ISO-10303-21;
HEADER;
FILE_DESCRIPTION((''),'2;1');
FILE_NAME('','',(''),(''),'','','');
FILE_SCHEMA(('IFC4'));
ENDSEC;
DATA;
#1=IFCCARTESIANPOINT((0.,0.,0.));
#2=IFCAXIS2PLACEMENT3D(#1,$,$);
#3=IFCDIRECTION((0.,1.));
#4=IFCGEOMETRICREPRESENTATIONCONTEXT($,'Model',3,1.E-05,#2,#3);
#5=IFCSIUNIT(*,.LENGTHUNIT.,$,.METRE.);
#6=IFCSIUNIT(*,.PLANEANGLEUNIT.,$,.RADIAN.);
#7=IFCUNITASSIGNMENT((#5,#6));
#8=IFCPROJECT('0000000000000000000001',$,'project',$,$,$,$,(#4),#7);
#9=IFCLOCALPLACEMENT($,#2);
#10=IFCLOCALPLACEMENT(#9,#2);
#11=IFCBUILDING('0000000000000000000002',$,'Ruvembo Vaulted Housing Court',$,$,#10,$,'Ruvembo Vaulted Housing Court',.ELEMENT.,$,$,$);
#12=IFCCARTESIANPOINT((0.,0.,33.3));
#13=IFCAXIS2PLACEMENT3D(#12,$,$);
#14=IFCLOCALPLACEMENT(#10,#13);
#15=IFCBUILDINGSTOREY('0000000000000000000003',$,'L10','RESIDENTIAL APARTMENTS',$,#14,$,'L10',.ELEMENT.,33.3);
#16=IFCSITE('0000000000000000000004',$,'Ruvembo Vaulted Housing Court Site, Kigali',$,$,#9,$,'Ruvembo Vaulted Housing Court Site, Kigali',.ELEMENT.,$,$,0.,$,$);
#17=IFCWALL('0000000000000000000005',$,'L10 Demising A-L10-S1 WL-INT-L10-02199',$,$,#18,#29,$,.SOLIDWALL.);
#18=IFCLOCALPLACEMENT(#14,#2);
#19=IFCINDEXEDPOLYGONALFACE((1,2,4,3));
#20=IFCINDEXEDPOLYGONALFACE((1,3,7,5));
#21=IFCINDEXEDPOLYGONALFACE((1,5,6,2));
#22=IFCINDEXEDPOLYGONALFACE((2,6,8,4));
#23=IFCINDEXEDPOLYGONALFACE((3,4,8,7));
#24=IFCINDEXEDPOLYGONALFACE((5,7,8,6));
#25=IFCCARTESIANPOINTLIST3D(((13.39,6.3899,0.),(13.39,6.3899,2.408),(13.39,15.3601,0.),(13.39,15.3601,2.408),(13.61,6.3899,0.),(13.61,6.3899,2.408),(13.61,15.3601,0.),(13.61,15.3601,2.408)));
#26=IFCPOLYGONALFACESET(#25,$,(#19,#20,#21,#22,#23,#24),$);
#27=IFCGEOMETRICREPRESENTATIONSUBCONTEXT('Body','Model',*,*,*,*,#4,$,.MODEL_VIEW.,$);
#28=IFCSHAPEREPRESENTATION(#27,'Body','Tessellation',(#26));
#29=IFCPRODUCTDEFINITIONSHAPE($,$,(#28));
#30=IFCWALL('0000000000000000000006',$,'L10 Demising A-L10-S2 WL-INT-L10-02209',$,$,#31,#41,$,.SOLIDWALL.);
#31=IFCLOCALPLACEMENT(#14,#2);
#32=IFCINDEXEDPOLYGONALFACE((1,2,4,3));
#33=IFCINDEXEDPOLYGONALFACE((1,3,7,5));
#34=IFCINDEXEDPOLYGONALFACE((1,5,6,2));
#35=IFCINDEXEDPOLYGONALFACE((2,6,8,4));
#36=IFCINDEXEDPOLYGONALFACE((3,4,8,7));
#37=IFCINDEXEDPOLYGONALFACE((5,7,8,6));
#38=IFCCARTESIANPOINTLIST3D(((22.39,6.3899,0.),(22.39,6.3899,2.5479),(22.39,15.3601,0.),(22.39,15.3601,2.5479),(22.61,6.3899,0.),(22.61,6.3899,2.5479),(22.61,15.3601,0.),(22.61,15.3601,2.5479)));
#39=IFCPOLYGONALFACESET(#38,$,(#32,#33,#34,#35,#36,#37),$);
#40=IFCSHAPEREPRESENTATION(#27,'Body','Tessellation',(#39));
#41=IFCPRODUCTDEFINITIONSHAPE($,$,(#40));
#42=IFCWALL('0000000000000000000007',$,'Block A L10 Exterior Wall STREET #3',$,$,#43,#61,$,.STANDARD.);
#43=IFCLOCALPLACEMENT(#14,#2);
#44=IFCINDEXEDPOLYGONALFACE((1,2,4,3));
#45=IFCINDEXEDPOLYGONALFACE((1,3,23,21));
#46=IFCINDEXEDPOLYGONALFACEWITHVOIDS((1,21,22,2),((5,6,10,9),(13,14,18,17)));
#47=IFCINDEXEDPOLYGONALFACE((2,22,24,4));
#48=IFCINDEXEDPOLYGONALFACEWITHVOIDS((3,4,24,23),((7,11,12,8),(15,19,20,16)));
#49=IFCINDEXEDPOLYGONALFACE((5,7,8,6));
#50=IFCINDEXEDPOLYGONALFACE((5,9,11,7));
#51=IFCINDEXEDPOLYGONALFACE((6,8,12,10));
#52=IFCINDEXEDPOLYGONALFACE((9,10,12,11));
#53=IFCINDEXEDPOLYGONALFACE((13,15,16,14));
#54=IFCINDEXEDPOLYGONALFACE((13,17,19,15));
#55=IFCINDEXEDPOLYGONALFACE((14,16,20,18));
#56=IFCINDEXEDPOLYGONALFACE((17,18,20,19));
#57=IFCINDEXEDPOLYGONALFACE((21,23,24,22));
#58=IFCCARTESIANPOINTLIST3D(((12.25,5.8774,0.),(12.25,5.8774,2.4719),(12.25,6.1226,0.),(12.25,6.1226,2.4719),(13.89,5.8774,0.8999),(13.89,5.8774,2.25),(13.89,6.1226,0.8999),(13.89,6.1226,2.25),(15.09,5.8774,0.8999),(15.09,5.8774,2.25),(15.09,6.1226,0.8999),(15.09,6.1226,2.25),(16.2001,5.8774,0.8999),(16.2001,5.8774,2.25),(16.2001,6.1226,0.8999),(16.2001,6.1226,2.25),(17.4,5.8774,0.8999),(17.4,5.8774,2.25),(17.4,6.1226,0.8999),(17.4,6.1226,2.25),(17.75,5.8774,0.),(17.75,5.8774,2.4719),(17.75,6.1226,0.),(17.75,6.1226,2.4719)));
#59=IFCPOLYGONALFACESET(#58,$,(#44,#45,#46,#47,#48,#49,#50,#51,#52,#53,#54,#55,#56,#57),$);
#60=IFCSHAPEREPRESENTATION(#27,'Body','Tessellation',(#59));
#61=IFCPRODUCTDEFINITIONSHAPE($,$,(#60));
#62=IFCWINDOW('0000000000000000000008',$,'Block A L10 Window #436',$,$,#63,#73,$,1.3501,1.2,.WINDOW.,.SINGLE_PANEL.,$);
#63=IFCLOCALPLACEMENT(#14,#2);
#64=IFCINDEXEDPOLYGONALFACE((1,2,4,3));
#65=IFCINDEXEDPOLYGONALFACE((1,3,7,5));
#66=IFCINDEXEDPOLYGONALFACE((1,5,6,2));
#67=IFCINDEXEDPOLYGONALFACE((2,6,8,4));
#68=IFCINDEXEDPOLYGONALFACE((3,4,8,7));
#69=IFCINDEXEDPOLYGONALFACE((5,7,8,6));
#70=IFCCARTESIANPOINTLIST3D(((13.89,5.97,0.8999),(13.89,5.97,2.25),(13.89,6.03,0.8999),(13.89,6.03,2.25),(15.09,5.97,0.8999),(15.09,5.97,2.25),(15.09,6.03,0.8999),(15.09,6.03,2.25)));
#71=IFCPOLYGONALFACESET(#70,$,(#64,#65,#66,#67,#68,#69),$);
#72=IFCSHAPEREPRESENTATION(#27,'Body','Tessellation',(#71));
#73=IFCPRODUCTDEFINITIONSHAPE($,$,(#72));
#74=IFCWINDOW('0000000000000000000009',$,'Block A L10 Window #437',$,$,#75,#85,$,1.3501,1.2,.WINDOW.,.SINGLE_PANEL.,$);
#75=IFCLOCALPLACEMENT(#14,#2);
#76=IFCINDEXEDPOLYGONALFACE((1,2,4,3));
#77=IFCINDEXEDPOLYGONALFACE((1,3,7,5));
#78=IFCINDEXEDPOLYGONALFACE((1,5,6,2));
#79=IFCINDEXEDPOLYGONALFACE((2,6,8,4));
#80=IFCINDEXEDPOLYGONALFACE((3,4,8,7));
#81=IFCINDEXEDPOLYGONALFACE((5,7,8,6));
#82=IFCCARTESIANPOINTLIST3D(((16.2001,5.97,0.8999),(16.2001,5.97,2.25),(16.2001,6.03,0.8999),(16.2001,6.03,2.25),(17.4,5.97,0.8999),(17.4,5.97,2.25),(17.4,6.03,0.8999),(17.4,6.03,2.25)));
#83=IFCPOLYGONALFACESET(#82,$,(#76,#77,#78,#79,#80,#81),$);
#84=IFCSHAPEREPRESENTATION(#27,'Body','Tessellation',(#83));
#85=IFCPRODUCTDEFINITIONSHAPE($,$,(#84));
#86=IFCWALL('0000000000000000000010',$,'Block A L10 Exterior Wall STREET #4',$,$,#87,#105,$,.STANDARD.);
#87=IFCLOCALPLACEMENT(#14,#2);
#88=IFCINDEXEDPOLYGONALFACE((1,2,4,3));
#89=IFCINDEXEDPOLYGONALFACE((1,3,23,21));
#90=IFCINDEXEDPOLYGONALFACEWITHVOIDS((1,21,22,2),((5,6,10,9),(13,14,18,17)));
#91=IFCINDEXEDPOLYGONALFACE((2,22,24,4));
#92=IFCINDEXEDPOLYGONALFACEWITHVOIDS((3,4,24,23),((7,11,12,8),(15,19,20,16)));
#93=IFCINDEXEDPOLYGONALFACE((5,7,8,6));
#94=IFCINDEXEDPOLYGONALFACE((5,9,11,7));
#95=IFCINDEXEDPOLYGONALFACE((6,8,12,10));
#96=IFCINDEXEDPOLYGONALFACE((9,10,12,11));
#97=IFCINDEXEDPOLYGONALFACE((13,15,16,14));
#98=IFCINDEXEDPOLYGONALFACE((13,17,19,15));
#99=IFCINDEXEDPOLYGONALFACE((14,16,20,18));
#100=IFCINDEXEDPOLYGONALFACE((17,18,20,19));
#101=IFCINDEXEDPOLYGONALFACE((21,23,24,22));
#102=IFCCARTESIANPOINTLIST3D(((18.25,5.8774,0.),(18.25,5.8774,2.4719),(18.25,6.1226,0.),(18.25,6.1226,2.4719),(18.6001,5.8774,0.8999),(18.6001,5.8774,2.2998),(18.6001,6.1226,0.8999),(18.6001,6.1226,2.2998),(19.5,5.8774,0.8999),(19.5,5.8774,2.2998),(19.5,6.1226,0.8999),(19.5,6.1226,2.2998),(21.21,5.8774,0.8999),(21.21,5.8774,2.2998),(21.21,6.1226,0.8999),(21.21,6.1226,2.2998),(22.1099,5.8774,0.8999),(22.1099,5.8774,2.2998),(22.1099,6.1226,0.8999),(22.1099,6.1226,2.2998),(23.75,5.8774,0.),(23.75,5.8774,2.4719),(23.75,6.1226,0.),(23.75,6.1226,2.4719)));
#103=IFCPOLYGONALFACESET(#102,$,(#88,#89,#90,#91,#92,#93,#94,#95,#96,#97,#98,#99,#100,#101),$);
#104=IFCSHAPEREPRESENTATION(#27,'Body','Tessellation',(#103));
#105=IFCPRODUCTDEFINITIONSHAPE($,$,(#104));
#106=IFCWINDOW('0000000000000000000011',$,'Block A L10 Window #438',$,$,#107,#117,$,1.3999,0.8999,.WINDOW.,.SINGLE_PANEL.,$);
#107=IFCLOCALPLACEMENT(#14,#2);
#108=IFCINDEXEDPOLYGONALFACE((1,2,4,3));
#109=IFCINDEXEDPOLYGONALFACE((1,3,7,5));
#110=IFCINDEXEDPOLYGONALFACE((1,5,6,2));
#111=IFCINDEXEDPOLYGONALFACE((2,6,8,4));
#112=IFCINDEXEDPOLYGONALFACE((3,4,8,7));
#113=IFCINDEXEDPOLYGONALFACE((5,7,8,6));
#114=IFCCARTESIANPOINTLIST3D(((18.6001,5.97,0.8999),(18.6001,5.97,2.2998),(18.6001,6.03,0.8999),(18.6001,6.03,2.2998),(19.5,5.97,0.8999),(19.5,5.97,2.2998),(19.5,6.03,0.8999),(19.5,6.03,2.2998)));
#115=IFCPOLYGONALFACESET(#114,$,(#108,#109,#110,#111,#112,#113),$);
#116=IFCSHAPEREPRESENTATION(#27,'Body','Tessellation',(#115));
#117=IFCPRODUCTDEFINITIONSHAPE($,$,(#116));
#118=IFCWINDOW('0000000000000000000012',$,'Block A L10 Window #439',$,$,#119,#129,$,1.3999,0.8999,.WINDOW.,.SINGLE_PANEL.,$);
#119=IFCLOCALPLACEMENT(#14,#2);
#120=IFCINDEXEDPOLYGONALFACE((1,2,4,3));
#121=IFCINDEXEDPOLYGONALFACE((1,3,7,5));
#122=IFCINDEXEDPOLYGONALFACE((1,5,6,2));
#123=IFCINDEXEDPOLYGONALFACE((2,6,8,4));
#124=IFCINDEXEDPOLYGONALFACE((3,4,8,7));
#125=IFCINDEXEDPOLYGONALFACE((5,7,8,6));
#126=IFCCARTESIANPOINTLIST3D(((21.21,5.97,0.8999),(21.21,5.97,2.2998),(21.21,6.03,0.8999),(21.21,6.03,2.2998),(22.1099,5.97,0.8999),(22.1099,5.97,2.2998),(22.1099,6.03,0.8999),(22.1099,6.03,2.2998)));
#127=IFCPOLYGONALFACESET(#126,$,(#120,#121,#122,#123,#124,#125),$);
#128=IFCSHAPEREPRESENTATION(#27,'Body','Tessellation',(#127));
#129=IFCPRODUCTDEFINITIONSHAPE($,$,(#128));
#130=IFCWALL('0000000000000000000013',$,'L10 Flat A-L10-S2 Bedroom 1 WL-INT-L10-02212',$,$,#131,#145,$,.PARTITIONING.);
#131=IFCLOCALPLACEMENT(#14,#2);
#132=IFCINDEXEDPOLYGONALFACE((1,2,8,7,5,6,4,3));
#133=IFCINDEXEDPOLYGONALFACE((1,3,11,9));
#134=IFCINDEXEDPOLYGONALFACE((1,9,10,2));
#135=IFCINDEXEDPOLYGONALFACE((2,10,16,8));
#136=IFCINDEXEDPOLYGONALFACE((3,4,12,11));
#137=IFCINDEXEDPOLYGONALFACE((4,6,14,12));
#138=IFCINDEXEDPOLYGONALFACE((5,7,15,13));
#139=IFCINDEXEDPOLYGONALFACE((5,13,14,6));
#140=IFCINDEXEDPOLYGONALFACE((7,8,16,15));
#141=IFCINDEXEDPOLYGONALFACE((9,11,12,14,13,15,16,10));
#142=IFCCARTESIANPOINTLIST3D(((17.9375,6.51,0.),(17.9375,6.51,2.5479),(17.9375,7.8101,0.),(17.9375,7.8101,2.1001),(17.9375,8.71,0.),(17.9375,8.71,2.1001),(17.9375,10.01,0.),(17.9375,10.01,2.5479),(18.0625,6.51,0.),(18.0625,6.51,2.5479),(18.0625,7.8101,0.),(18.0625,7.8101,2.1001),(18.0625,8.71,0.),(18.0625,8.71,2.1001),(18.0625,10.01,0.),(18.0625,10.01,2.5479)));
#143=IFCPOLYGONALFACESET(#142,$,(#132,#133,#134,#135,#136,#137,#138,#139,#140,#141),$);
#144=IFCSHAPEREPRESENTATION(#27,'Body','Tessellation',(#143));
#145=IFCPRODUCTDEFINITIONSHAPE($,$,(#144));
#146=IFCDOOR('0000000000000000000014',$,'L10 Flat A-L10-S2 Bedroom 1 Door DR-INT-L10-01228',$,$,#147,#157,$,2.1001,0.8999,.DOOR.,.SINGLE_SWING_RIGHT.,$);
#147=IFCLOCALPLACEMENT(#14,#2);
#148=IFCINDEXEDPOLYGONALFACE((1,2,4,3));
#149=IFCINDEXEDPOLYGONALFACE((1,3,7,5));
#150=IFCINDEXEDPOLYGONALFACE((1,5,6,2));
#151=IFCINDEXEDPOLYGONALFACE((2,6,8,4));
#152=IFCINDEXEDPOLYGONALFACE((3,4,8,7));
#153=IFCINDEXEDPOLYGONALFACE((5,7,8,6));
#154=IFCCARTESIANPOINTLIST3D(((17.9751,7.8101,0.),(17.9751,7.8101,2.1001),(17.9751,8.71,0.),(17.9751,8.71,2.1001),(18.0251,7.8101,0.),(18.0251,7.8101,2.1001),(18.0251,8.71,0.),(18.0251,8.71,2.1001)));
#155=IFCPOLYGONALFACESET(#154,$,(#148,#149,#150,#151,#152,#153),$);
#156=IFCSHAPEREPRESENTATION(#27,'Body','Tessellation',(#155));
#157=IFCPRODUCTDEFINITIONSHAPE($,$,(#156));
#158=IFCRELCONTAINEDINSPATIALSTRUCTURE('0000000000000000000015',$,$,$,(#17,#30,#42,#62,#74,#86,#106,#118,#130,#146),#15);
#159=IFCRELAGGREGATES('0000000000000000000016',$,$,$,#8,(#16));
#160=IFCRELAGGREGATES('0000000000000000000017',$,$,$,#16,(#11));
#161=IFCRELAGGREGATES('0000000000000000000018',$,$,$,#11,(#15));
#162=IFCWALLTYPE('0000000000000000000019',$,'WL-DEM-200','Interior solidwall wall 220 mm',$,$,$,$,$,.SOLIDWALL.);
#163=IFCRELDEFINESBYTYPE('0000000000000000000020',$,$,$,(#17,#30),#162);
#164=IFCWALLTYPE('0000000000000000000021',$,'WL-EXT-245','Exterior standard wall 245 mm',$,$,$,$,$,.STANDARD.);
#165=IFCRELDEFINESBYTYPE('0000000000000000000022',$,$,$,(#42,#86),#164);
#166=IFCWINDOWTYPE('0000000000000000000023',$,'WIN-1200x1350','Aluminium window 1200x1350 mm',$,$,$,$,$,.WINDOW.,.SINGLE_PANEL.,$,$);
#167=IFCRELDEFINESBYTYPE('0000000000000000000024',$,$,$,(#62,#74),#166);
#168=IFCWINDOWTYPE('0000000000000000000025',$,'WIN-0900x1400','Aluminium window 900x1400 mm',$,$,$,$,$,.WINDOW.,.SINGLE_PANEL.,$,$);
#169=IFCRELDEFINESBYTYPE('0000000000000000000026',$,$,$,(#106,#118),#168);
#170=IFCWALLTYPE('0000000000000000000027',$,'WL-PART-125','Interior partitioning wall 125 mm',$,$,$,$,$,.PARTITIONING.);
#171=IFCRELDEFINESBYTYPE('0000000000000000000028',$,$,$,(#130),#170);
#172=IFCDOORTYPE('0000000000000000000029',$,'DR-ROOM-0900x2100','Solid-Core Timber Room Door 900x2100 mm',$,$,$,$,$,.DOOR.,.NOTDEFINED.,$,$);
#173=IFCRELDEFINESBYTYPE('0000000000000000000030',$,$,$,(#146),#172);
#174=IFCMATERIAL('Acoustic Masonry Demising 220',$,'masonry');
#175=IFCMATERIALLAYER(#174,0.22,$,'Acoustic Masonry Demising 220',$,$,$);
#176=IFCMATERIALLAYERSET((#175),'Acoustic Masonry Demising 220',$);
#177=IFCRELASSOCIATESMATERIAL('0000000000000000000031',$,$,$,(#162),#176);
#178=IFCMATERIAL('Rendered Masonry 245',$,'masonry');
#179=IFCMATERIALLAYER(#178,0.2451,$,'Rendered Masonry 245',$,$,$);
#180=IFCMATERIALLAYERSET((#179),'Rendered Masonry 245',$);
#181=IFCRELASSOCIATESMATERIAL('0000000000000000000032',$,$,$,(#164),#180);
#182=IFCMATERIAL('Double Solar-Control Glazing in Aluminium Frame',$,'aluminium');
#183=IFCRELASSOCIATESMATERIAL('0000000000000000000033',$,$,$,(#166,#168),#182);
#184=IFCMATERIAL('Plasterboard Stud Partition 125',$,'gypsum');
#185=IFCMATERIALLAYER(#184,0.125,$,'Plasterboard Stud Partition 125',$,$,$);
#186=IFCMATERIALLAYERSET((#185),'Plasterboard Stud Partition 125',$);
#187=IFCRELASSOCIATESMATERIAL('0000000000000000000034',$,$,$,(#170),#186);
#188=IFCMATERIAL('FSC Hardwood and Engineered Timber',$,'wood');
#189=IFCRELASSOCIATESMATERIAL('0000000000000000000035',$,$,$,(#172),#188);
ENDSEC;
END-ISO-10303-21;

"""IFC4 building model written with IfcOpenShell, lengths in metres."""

from ifc_helpers import new_model, si_unit, direction, frame, frame_2d, origin, place, context, subcontext, project, spatial, rectangle, extrude, material, layer, layer_set, type_object, element, fill, save


model = new_model("IFC4")

# Units and contexts
model_context = context("Model", 3, precision=1e-05, world=origin(), true_north=direction((0.0, 1.0)))
body_context = subcontext(model_context, "Body", "Model", "MODEL_VIEW")
ifc_project = project(units=[si_unit("LENGTHUNIT", "METRE"), si_unit("PLANEANGLEUNIT", "RADIAN")], contexts=[model_context])

# Site, building, storey
site_placement = place(None, origin())
site = spatial("IfcSite", under=ifc_project, at=site_placement, Name="Ruvembo Vaulted Housing Court Site, Kigali", LongName="Ruvembo Vaulted Housing Court Site, Kigali", CompositionType="ELEMENT", RefElevation=0.0)
building_placement = place(site_placement, origin())
building = spatial("IfcBuilding", under=site, at=building_placement, Name="Ruvembo Vaulted Housing Court", LongName="Ruvembo Vaulted Housing Court", CompositionType="ELEMENT")
storey_placement = place(building_placement, frame((0.0, 0.0, 33.3)))
storey = spatial("IfcBuildingStorey", under=building, at=storey_placement, Name="L10", Description="RESIDENTIAL APARTMENTS", LongName="L10", CompositionType="ELEMENT", Elevation=33.3)

# Shared definitions
ifc_material_1 = material(Name="FSC Hardwood and Engineered Timber", Category="wood")

# Walls
ifc_material_2 = material(Name="Acoustic Masonry Demising 220", Category="masonry")
ifc_layer_1 = layer(ifc_material_2, 0.22, Name="Acoustic Masonry Demising 220")
ifc_layer_set_1 = layer_set([ifc_layer_1], Name="Acoustic Masonry Demising 220")
wall_type_1 = type_object("IfcWallType", Name="WL-DEM-200", Description="Interior solidwall wall 220 mm", PredefinedType="SOLIDWALL", material=ifc_layer_set_1)
wall_1_placement = place(storey_placement, frame((13.5, 6.3899, 0.0), z_axis=(0.0, 0.0, 1.0), x_axis=(0.0, 1.0, 0.0)))
element("IfcWall", 1, at=wall_1_placement, inside=storey, type_object=wall_type_1, Name="L10 Demising A-L10-S1 WL-INT-L10-02199", PredefinedType="SOLIDWALL", context=body_context, shape_type="SweptSolid", body=[
    extrude(rectangle(XDim=8.9702, YDim=0.22, at=frame_2d((4.4851, 0.0))), origin(), (0.0, 0.0, 1.0), 2.408),
])
wall_2_placement = place(storey_placement, frame((22.5, 6.3899, 0.0), z_axis=(0.0, 0.0, 1.0), x_axis=(0.0, 1.0, 0.0)))
element("IfcWall", 2, at=wall_2_placement, inside=storey, type_object=wall_type_1, Name="L10 Demising A-L10-S2 WL-INT-L10-02209", PredefinedType="SOLIDWALL", context=body_context, shape_type="SweptSolid", body=[
    extrude(rectangle(XDim=8.9702, YDim=0.22, at=frame_2d((4.4851, 0.0))), origin(), (0.0, 0.0, 1.0), 2.5479),
])

# Walls, openings, windows
ifc_material_3 = material(Name="Rendered Masonry 245", Category="masonry")
ifc_layer_2 = layer(ifc_material_3, 0.2451, Name="Rendered Masonry 245")
ifc_layer_set_2 = layer_set([ifc_layer_2], Name="Rendered Masonry 245")
wall_type_2 = type_object("IfcWallType", Name="WL-EXT-245", Description="Exterior standard wall 245 mm", PredefinedType="STANDARD", material=ifc_layer_set_2)
wall_3_placement = place(storey_placement, frame((12.25, 6.0, 0.0), z_axis=(0.0, 0.0, 1.0), x_axis=(1.0, 0.0, 0.0)))
wall_3 = element("IfcWall", 3, at=wall_3_placement, inside=storey, type_object=wall_type_2, Name="Block A L10 Exterior Wall STREET #3", PredefinedType="STANDARD", context=body_context, shape_type="SweptSolid", body=[
    extrude(rectangle(XDim=5.5, YDim=0.2451, at=frame_2d((2.75, 0.0))), origin(), (0.0, 0.0, 1.0), 2.4719),
])
opening_1_placement = place(wall_3_placement, frame((1.6399, 0.0, 0.8999)))
opening_1 = element("IfcOpeningElement", 4, at=opening_1_placement, cuts=wall_3, PredefinedType="OPENING", context=body_context, shape_type="SweptSolid", body=[
    extrude(rectangle(XDim=1.2, YDim=1.3501, at=frame_2d((0.6001, 0.675))), frame((0.0, 0.1326, 0.0), z_axis=(0.0, -1.0, 0.0), x_axis=(1.0, 0.0, 0.0)), (0.0, 0.0, 1.0), 0.2651),
])
opening_2_placement = place(wall_3_placement, frame((3.95, 0.0, 0.8999)))
opening_2 = element("IfcOpeningElement", 5, at=opening_2_placement, cuts=wall_3, PredefinedType="OPENING", context=body_context, shape_type="SweptSolid", body=[
    extrude(rectangle(XDim=1.2, YDim=1.3501, at=frame_2d((0.6001, 0.675))), frame((0.0, 0.1326, 0.0), z_axis=(0.0, -1.0, 0.0), x_axis=(1.0, 0.0, 0.0)), (0.0, 0.0, 1.0), 0.2651),
])
ifc_material_4 = material(Name="Double Solar-Control Glazing in Aluminium Frame", Category="aluminium")
window_type_1 = type_object("IfcWindowType", Name="WIN-1200x1350", Description="Aluminium window 1200x1350 mm", PartitioningType="SINGLE_PANEL", PredefinedType="WINDOW", material=ifc_material_4)
window_1_placement = place(opening_1_placement, origin())
window_1 = element("IfcWindow", 6, at=window_1_placement, inside=storey, type_object=window_type_1, Name="Block A L10 Window #436", OverallHeight=1.3501, OverallWidth=1.2, PartitioningType="SINGLE_PANEL", PredefinedType="WINDOW", context=body_context, shape_type="SweptSolid", body=[
    extrude(rectangle(XDim=1.2, YDim=1.3501, at=frame_2d((0.6001, 0.675))), frame((0.0, 0.03, 0.0), z_axis=(0.0, -1.0, 0.0), x_axis=(1.0, 0.0, 0.0)), (0.0, 0.0, 1.0), 0.0601),
])
fill(opening_1, window_1)
window_2_placement = place(opening_2_placement, origin())
window_2 = element("IfcWindow", 7, at=window_2_placement, inside=storey, type_object=window_type_1, Name="Block A L10 Window #437", OverallHeight=1.3501, OverallWidth=1.2, PartitioningType="SINGLE_PANEL", PredefinedType="WINDOW", context=body_context, shape_type="SweptSolid", body=[
    extrude(rectangle(XDim=1.2, YDim=1.3501, at=frame_2d((0.6001, 0.675))), frame((0.0, 0.03, 0.0), z_axis=(0.0, -1.0, 0.0), x_axis=(1.0, 0.0, 0.0)), (0.0, 0.0, 1.0), 0.0601),
])
fill(opening_2, window_2)
wall_4_placement = place(storey_placement, frame((18.25, 6.0, 0.0), z_axis=(0.0, 0.0, 1.0), x_axis=(1.0, 0.0, 0.0)))
wall_4 = element("IfcWall", 8, at=wall_4_placement, inside=storey, type_object=wall_type_2, Name="Block A L10 Exterior Wall STREET #4", PredefinedType="STANDARD", context=body_context, shape_type="SweptSolid", body=[
    extrude(rectangle(XDim=5.5, YDim=0.2451, at=frame_2d((2.75, 0.0))), origin(), (0.0, 0.0, 1.0), 2.4719),
])
opening_3_placement = place(wall_4_placement, frame((0.3501, 0.0, 0.8999)))
opening_3 = element("IfcOpeningElement", 9, at=opening_3_placement, cuts=wall_4, PredefinedType="OPENING", context=body_context, shape_type="SweptSolid", body=[
    extrude(rectangle(XDim=0.8999, YDim=1.3999, at=frame_2d((0.45, 0.7))), frame((0.0, 0.1326, 0.0), z_axis=(0.0, -1.0, 0.0), x_axis=(1.0, 0.0, 0.0)), (0.0, 0.0, 1.0), 0.2651),
])
opening_4_placement = place(wall_4_placement, frame((2.96, 0.0, 0.8999)))
opening_4 = element("IfcOpeningElement", 10, at=opening_4_placement, cuts=wall_4, PredefinedType="OPENING", context=body_context, shape_type="SweptSolid", body=[
    extrude(rectangle(XDim=0.8999, YDim=1.3999, at=frame_2d((0.45, 0.7))), frame((0.0, 0.1326, 0.0), z_axis=(0.0, -1.0, 0.0), x_axis=(1.0, 0.0, 0.0)), (0.0, 0.0, 1.0), 0.2651),
])
window_type_2 = type_object("IfcWindowType", Name="WIN-0900x1400", Description="Aluminium window 900x1400 mm", PartitioningType="SINGLE_PANEL", PredefinedType="WINDOW", material=ifc_material_4)
window_3_placement = place(opening_3_placement, origin())
window_3 = element("IfcWindow", 11, at=window_3_placement, inside=storey, type_object=window_type_2, Name="Block A L10 Window #438", OverallHeight=1.3999, OverallWidth=0.8999, PartitioningType="SINGLE_PANEL", PredefinedType="WINDOW", context=body_context, shape_type="SweptSolid", body=[
    extrude(rectangle(XDim=0.8999, YDim=1.3999, at=frame_2d((0.45, 0.7))), frame((0.0, 0.03, 0.0), z_axis=(0.0, -1.0, 0.0), x_axis=(1.0, 0.0, 0.0)), (0.0, 0.0, 1.0), 0.0601),
])
fill(opening_3, window_3)
window_4_placement = place(opening_4_placement, origin())
window_4 = element("IfcWindow", 12, at=window_4_placement, inside=storey, type_object=window_type_2, Name="Block A L10 Window #439", OverallHeight=1.3999, OverallWidth=0.8999, PartitioningType="SINGLE_PANEL", PredefinedType="WINDOW", context=body_context, shape_type="SweptSolid", body=[
    extrude(rectangle(XDim=0.8999, YDim=1.3999, at=frame_2d((0.45, 0.7))), frame((0.0, 0.03, 0.0), z_axis=(0.0, -1.0, 0.0), x_axis=(1.0, 0.0, 0.0)), (0.0, 0.0, 1.0), 0.0601),
])
fill(opening_4, window_4)

# Wall, opening, door
ifc_material_5 = material(Name="Plasterboard Stud Partition 125", Category="gypsum")
ifc_layer_3 = layer(ifc_material_5, 0.125, Name="Plasterboard Stud Partition 125")
ifc_layer_set_3 = layer_set([ifc_layer_3], Name="Plasterboard Stud Partition 125")
wall_type_3 = type_object("IfcWallType", Name="WL-PART-125", Description="Interior partitioning wall 125 mm", PredefinedType="PARTITIONING", material=ifc_layer_set_3)
wall_5_placement = place(storey_placement, frame((18.0, 6.51, 0.0), z_axis=(0.0, 0.0, 1.0), x_axis=(0.0, 1.0, 0.0)))
wall_5 = element("IfcWall", 13, at=wall_5_placement, inside=storey, type_object=wall_type_3, Name="L10 Flat A-L10-S2 Bedroom 1 WL-INT-L10-02212", PredefinedType="PARTITIONING", context=body_context, shape_type="SweptSolid", body=[
    extrude(rectangle(XDim=3.5, YDim=0.125, at=frame_2d((1.75, 0.0))), origin(), (0.0, 0.0, 1.0), 2.5479),
])
opening_5_placement = place(wall_5_placement, frame((1.3, 0.0, 0.0)))
opening_5 = element("IfcOpeningElement", 14, at=opening_5_placement, cuts=wall_5, PredefinedType="OPENING", context=body_context, shape_type="SweptSolid", body=[
    extrude(rectangle(XDim=0.8999, YDim=2.1001, at=frame_2d((0.45, 1.05))), frame((0.0, 0.0725, 0.0), z_axis=(0.0, -1.0, 0.0), x_axis=(1.0, 0.0, 0.0)), (0.0, 0.0, 1.0), 0.145),
])
door_type_1 = type_object("IfcDoorType", Name="DR-ROOM-0900x2100", Description="Solid-Core Timber Room Door 900x2100 mm", OperationType="NOTDEFINED", PredefinedType="DOOR", material=ifc_material_1)
door_1_placement = place(opening_5_placement, origin())
door_1 = element("IfcDoor", 15, at=door_1_placement, inside=storey, type_object=door_type_1, Name="L10 Flat A-L10-S2 Bedroom 1 Door DR-INT-L10-01228", OperationType="SINGLE_SWING_RIGHT", OverallHeight=2.1001, OverallWidth=0.8999, PredefinedType="DOOR", context=body_context, shape_type="SweptSolid", body=[
    extrude(rectangle(XDim=0.8999, YDim=2.1001, at=frame_2d((0.45, 1.05))), frame((0.0, 0.0249, 0.0), z_axis=(0.0, -1.0, 0.0), x_axis=(1.0, 0.0, 0.0)), (0.0, 0.0, 1.0), 0.05),
])
fill(opening_5, door_1)

save(model, "model.ifc")
